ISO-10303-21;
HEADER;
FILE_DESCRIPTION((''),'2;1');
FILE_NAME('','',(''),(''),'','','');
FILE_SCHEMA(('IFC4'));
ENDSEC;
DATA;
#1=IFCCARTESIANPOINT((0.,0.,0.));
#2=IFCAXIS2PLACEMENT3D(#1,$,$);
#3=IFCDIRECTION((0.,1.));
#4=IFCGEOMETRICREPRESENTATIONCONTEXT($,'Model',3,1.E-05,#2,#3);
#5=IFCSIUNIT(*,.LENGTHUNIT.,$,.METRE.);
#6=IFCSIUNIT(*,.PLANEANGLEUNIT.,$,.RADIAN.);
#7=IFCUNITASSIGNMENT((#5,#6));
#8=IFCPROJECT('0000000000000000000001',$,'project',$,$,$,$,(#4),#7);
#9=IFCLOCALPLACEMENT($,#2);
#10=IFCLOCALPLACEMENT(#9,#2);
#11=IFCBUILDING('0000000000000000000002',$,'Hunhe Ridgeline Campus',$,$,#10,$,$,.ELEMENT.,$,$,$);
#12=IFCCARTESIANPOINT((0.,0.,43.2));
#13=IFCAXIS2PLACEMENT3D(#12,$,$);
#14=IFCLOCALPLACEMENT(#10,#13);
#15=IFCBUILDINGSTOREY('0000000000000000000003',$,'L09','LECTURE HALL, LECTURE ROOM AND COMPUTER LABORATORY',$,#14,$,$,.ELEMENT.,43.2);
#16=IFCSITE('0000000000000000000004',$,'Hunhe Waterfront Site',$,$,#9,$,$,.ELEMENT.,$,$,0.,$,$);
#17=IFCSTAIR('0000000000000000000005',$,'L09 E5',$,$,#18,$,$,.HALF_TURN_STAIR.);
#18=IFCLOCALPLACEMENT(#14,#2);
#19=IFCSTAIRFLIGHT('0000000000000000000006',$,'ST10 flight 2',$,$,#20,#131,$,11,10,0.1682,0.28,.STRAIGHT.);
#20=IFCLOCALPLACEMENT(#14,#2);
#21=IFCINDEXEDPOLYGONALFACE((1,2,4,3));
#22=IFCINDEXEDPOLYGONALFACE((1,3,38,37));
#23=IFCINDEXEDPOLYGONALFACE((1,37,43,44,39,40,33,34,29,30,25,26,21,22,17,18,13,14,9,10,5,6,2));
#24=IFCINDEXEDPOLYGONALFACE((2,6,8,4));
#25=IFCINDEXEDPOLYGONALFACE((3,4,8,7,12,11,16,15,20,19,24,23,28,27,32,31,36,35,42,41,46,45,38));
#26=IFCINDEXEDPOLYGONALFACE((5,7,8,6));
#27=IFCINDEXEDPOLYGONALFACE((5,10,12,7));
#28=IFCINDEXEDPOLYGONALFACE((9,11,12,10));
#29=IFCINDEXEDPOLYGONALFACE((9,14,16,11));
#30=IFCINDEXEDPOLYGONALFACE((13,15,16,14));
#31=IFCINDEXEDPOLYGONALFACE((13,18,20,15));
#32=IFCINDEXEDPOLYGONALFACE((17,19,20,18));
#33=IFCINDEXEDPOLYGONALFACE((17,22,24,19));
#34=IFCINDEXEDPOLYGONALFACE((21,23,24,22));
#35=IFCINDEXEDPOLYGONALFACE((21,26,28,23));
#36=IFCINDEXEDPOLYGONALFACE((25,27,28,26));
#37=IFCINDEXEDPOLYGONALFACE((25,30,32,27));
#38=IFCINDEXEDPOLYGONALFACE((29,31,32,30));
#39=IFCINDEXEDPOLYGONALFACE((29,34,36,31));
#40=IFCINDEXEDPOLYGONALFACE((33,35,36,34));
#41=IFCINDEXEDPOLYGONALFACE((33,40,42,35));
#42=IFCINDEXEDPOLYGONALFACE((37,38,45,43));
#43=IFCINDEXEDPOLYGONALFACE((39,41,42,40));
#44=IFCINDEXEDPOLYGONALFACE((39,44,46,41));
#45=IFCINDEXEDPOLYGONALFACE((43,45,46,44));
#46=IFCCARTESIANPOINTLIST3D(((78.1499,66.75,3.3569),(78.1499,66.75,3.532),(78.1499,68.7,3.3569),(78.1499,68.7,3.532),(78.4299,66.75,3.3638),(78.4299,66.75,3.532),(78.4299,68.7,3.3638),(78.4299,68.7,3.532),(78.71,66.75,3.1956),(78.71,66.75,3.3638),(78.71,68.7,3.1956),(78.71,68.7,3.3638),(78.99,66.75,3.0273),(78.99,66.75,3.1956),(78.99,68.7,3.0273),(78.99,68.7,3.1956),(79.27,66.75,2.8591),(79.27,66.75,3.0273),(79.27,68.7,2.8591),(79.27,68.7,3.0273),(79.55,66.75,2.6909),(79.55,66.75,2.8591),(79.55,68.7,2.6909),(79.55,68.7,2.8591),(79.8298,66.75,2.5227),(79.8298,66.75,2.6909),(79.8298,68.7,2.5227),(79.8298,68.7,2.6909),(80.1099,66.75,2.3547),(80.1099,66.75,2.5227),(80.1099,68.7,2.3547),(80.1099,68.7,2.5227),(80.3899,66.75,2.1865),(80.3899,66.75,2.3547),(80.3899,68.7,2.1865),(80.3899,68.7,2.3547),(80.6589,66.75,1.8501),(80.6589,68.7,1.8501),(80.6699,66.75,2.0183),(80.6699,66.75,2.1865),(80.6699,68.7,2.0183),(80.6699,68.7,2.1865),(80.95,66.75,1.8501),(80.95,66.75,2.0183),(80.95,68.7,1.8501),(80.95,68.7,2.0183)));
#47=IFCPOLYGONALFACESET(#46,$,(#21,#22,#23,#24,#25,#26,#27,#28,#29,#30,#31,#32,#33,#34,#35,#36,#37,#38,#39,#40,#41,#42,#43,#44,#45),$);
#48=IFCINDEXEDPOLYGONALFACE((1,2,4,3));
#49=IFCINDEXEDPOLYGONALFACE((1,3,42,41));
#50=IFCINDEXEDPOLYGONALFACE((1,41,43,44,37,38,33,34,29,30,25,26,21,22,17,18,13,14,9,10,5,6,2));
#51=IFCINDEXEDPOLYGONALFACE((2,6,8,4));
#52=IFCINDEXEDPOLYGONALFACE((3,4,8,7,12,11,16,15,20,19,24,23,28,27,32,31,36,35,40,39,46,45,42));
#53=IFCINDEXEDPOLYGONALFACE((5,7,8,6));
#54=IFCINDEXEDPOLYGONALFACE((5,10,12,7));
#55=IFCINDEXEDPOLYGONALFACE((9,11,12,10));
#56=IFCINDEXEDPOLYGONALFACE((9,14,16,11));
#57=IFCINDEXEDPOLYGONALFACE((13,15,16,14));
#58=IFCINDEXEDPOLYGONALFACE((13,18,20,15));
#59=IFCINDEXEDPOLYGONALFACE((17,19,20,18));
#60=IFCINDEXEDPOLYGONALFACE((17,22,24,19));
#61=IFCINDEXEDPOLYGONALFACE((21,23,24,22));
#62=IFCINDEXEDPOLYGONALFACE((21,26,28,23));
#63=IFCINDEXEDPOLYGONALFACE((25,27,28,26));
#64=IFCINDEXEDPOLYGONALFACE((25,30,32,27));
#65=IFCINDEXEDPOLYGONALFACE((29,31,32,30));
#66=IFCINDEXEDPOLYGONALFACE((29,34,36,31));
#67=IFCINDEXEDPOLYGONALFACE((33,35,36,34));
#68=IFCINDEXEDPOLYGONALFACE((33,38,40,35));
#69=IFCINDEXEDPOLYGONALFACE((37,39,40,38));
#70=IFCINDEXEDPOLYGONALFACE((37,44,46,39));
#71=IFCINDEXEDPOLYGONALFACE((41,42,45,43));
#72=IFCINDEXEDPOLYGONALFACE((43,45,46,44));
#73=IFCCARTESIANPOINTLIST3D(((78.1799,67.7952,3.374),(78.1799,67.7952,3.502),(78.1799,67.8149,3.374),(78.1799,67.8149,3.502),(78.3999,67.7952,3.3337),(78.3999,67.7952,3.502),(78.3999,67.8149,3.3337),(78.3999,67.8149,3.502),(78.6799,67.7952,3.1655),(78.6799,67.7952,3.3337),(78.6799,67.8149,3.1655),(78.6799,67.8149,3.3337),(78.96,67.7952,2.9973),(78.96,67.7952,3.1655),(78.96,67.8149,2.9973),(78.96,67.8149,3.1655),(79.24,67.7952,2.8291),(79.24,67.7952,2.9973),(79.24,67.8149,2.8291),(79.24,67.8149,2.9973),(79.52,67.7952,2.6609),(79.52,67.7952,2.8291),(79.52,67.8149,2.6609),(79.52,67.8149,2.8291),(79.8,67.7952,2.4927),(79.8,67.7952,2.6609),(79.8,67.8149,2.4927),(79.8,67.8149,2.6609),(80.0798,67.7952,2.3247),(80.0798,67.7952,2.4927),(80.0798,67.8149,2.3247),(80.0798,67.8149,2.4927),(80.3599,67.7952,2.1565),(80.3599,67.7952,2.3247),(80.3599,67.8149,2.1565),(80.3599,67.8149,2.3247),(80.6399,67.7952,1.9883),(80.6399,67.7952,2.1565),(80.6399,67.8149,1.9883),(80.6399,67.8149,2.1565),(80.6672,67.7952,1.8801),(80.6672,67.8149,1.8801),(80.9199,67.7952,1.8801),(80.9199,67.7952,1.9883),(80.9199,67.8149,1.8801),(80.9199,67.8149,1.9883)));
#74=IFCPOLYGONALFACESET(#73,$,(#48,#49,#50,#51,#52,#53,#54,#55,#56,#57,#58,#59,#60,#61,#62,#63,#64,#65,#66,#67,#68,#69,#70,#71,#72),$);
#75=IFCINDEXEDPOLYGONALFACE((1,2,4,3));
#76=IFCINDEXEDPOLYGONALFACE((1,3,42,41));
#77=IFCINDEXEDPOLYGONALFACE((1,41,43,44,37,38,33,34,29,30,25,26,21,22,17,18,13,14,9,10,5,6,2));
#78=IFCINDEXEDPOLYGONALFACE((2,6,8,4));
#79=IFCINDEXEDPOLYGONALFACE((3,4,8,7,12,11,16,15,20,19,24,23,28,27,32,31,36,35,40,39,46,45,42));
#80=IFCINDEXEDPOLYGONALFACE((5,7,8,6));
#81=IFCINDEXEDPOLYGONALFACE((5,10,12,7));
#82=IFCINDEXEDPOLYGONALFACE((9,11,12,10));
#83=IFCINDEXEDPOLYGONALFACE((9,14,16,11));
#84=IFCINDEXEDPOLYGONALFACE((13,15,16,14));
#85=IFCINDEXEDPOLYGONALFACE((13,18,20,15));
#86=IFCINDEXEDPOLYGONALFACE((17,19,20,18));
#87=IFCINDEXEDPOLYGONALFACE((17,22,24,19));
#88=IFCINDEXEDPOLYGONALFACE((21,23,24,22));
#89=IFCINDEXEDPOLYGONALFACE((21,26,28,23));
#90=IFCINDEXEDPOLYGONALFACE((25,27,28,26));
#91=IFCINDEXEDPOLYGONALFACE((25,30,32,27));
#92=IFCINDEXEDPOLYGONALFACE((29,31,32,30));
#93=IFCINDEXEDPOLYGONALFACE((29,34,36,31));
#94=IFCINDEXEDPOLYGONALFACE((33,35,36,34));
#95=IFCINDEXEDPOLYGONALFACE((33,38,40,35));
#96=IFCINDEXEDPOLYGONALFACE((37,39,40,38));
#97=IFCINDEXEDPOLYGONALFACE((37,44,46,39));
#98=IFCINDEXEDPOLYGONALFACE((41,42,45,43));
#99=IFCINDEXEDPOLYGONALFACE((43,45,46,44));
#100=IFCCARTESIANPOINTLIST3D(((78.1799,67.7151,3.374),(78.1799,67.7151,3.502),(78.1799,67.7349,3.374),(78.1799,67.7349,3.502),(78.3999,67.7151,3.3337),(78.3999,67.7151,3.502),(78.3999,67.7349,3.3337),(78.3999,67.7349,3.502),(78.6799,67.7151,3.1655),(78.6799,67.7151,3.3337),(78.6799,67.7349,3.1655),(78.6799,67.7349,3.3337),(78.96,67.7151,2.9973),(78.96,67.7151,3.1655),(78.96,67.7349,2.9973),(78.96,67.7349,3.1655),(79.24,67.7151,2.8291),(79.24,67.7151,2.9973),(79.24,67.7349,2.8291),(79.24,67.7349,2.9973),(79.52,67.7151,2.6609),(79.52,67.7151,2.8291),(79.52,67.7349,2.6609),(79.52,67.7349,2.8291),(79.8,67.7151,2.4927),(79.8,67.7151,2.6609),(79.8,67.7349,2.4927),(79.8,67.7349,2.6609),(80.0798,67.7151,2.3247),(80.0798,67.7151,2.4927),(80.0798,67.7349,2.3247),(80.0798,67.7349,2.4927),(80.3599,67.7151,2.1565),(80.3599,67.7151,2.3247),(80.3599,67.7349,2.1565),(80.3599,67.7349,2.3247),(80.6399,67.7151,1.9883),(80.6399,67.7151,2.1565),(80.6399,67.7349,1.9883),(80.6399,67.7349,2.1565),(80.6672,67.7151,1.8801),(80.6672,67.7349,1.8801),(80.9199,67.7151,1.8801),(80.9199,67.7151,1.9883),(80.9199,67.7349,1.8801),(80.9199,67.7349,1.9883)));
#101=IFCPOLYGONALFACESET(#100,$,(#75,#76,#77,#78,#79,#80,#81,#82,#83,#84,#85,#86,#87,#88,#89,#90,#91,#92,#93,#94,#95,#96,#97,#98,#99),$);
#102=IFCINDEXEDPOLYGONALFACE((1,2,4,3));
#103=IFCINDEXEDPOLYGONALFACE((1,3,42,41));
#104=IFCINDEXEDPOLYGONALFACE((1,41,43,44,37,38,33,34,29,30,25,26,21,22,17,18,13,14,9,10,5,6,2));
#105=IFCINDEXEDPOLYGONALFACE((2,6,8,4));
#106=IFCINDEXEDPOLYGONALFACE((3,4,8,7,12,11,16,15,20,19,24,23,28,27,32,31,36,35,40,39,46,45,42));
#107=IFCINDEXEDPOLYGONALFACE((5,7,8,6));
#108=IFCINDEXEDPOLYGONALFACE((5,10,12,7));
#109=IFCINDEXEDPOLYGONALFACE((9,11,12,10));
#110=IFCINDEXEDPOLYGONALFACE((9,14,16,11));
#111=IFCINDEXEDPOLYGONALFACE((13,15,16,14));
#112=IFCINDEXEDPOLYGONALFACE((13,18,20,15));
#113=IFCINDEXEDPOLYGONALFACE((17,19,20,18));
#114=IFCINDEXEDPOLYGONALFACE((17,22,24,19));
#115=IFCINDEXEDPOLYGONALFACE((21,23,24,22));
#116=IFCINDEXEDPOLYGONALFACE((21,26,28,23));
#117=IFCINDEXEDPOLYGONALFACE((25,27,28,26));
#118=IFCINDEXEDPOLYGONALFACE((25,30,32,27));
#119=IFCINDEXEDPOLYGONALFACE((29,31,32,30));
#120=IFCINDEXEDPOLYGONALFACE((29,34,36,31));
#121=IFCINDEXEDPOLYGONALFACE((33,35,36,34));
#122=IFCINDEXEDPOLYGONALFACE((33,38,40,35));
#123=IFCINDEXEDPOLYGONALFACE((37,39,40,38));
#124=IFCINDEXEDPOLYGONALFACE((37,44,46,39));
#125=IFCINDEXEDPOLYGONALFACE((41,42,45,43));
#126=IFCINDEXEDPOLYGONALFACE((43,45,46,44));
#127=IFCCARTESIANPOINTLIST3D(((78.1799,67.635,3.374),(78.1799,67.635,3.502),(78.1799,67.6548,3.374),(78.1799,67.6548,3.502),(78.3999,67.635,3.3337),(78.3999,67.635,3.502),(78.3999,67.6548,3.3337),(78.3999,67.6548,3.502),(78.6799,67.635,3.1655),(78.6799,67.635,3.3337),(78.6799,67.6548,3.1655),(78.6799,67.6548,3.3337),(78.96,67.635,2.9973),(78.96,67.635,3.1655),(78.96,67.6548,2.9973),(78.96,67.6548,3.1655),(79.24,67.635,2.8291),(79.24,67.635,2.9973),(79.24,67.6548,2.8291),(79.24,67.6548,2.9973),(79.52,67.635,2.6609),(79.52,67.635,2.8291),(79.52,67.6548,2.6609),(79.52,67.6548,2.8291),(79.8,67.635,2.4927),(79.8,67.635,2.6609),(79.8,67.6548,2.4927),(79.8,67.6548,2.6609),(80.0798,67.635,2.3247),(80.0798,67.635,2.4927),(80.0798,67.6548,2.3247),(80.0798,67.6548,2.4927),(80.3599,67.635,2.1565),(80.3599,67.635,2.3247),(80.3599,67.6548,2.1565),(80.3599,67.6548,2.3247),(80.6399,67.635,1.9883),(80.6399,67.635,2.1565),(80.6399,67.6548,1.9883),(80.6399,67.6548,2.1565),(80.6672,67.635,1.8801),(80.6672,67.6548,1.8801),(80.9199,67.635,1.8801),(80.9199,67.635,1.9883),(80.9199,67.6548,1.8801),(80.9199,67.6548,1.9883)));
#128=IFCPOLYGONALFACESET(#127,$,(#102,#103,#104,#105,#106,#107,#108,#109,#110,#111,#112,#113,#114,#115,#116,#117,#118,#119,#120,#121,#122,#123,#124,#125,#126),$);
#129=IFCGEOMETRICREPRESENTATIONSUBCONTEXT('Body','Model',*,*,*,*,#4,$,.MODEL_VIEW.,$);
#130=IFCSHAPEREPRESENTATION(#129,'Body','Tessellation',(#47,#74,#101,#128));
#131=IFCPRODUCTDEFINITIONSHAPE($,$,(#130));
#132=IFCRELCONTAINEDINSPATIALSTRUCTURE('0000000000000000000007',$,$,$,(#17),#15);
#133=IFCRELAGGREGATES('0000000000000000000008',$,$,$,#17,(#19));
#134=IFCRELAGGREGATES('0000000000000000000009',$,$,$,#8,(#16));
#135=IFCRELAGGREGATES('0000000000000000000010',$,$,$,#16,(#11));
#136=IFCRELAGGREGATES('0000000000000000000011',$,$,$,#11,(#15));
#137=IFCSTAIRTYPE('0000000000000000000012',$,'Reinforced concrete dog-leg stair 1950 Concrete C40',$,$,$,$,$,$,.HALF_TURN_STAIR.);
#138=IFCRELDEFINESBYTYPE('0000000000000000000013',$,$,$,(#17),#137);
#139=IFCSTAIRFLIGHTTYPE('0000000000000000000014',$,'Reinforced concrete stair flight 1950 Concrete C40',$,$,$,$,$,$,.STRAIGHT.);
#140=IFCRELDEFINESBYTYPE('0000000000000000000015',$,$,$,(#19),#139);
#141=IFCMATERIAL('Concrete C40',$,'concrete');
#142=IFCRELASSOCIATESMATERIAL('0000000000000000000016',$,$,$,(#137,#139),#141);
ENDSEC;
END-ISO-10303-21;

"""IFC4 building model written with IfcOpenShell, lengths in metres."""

from ifc_helpers import new_model, si_unit, direction, frame, origin, place, context, subcontext, project, spatial, polyline, outline, extrude, material, type_object, element, aggregate, save


model = new_model("IFC4")

# Units and contexts
model_context = context("Model", 3, precision=1e-05, world=origin(), true_north=direction((0.0, 1.0)))
body_context = subcontext(model_context, "Body", "Model", "MODEL_VIEW")
ifc_project = project(units=[si_unit("LENGTHUNIT", "METRE"), si_unit("PLANEANGLEUNIT", "RADIAN")], contexts=[model_context])

# Site, building, storey
site_placement = place(None, origin())
site = spatial("IfcSite", under=ifc_project, at=site_placement, Name="Hunhe Waterfront Site", CompositionType="ELEMENT", RefElevation=0.0)
building_placement = place(site_placement, origin())
building = spatial("IfcBuilding", under=site, at=building_placement, Name="Hunhe Ridgeline Campus", CompositionType="ELEMENT")
storey_placement = place(building_placement, frame((0.0, 0.0, 43.2)))
storey = spatial("IfcBuildingStorey", under=building, at=storey_placement, Name="L09", Description="LECTURE HALL, LECTURE ROOM AND COMPUTER LABORATORY", CompositionType="ELEMENT", Elevation=43.2)

# Stair, stair flight
ifc_material_1 = material(Name="Concrete C40", Category="concrete")
stair_type = type_object("IfcStairType", Name="Reinforced concrete dog-leg stair 1950 Concrete C40", PredefinedType="HALF_TURN_STAIR", material=ifc_material_1)
stair_placement = place(storey_placement, origin())
stair = element("IfcStair", 1, at=stair_placement, inside=storey, type_object=stair_type, Name="L09 E5", PredefinedType="HALF_TURN_STAIR")
stair_flight_type = type_object("IfcStairFlightType", Name="Reinforced concrete stair flight 1950 Concrete C40", PredefinedType="STRAIGHT", material=ifc_material_1)
stair_flight_1_placement = place(storey_placement, frame((80.95, 67.7251, 1.8501), z_axis=(0.0, 0.0, 1.0), x_axis=(-1.0, 0.0, 0.0)))
stair_flight_1 = element("IfcStairFlight", 2, at=stair_flight_1_placement, type_object=stair_flight_type, Name="ST10 flight 2", NumberOfRisers=11, NumberOfTreads=10, PredefinedType="STRAIGHT", RiserHeight=0.1682, TreadLength=0.28, context=body_context, shape_type="SweptSolid", body=[
    extrude(outline(polyline([(0.0, 0.0), (0.0, 0.1682), (0.28, 0.1682), (0.28, 0.3364), (0.5601, 0.3364), (0.5601, 0.5046), (0.8401, 0.5046), (0.8401, 0.6726), (1.1201, 0.6726), (1.1201, 0.8408), (1.3999, 0.8408), (1.3999, 1.009), (1.6799, 1.009), (1.6799, 1.1772), (1.96, 1.1772), (1.96, 1.3455), (2.24, 1.3455), (2.24, 1.5137), (2.52, 1.5137), (2.52, 1.6819), (2.8, 1.6819), (2.8, 1.8501), (2.8, 1.5068), (0.291, 0.0), (0.0, 0.0)])), frame((0.0, 0.9751, 0.0), z_axis=(0.0, -1.0, 0.0), x_axis=(1.0, 0.0, 0.0)), (0.0, 0.0, 1.0), 1.95),
    extrude(outline(polyline([(0.03, 0.03), (0.03, 0.1382), (0.3101, 0.1382), (0.3101, 0.3064), (0.5901, 0.3064), (0.5901, 0.4746), (0.8701, 0.4746), (0.8701, 0.6426), (1.1499, 0.6426), (1.1499, 0.8108), (1.4299, 0.8108), (1.4299, 0.979), (1.71, 0.979), (1.71, 1.1472), (1.99, 1.1472), (1.99, 1.3154), (2.27, 1.3154), (2.27, 1.4836), (2.55, 1.4836), (2.55, 1.6519), (2.77, 1.6519), (2.77, 1.5239), (0.2827, 0.03), (0.03, 0.03)])), frame((0.0, -0.0701, 0.0), z_axis=(0.0, -1.0, 0.0), x_axis=(1.0, 0.0, 0.0)), (0.0, 0.0, 1.0), 0.0198),
    extrude(outline(polyline([(0.03, 0.03), (0.03, 0.1382), (0.3101, 0.1382), (0.3101, 0.3064), (0.5901, 0.3064), (0.5901, 0.4746), (0.8701, 0.4746), (0.8701, 0.6426), (1.1499, 0.6426), (1.1499, 0.8108), (1.4299, 0.8108), (1.4299, 0.979), (1.71, 0.979), (1.71, 1.1472), (1.99, 1.1472), (1.99, 1.3154), (2.27, 1.3154), (2.27, 1.4836), (2.55, 1.4836), (2.55, 1.6519), (2.77, 1.6519), (2.77, 1.5239), (0.2827, 0.03), (0.03, 0.03)])), frame((0.0, 0.01, 0.0), z_axis=(0.0, -1.0, 0.0), x_axis=(1.0, 0.0, 0.0)), (0.0, 0.0, 1.0), 0.0198),
    extrude(outline(polyline([(0.03, 0.03), (0.03, 0.1382), (0.3101, 0.1382), (0.3101, 0.3064), (0.5901, 0.3064), (0.5901, 0.4746), (0.8701, 0.4746), (0.8701, 0.6426), (1.1499, 0.6426), (1.1499, 0.8108), (1.4299, 0.8108), (1.4299, 0.979), (1.71, 0.979), (1.71, 1.1472), (1.99, 1.1472), (1.99, 1.3154), (2.27, 1.3154), (2.27, 1.4836), (2.55, 1.4836), (2.55, 1.6519), (2.77, 1.6519), (2.77, 1.5239), (0.2827, 0.03), (0.03, 0.03)])), frame((0.0, 0.0901, 0.0), z_axis=(0.0, -1.0, 0.0), x_axis=(1.0, 0.0, 0.0)), (0.0, 0.0, 1.0), 0.0198),
])
aggregate(stair, [stair_flight_1])

save(model, "model.ifc")
